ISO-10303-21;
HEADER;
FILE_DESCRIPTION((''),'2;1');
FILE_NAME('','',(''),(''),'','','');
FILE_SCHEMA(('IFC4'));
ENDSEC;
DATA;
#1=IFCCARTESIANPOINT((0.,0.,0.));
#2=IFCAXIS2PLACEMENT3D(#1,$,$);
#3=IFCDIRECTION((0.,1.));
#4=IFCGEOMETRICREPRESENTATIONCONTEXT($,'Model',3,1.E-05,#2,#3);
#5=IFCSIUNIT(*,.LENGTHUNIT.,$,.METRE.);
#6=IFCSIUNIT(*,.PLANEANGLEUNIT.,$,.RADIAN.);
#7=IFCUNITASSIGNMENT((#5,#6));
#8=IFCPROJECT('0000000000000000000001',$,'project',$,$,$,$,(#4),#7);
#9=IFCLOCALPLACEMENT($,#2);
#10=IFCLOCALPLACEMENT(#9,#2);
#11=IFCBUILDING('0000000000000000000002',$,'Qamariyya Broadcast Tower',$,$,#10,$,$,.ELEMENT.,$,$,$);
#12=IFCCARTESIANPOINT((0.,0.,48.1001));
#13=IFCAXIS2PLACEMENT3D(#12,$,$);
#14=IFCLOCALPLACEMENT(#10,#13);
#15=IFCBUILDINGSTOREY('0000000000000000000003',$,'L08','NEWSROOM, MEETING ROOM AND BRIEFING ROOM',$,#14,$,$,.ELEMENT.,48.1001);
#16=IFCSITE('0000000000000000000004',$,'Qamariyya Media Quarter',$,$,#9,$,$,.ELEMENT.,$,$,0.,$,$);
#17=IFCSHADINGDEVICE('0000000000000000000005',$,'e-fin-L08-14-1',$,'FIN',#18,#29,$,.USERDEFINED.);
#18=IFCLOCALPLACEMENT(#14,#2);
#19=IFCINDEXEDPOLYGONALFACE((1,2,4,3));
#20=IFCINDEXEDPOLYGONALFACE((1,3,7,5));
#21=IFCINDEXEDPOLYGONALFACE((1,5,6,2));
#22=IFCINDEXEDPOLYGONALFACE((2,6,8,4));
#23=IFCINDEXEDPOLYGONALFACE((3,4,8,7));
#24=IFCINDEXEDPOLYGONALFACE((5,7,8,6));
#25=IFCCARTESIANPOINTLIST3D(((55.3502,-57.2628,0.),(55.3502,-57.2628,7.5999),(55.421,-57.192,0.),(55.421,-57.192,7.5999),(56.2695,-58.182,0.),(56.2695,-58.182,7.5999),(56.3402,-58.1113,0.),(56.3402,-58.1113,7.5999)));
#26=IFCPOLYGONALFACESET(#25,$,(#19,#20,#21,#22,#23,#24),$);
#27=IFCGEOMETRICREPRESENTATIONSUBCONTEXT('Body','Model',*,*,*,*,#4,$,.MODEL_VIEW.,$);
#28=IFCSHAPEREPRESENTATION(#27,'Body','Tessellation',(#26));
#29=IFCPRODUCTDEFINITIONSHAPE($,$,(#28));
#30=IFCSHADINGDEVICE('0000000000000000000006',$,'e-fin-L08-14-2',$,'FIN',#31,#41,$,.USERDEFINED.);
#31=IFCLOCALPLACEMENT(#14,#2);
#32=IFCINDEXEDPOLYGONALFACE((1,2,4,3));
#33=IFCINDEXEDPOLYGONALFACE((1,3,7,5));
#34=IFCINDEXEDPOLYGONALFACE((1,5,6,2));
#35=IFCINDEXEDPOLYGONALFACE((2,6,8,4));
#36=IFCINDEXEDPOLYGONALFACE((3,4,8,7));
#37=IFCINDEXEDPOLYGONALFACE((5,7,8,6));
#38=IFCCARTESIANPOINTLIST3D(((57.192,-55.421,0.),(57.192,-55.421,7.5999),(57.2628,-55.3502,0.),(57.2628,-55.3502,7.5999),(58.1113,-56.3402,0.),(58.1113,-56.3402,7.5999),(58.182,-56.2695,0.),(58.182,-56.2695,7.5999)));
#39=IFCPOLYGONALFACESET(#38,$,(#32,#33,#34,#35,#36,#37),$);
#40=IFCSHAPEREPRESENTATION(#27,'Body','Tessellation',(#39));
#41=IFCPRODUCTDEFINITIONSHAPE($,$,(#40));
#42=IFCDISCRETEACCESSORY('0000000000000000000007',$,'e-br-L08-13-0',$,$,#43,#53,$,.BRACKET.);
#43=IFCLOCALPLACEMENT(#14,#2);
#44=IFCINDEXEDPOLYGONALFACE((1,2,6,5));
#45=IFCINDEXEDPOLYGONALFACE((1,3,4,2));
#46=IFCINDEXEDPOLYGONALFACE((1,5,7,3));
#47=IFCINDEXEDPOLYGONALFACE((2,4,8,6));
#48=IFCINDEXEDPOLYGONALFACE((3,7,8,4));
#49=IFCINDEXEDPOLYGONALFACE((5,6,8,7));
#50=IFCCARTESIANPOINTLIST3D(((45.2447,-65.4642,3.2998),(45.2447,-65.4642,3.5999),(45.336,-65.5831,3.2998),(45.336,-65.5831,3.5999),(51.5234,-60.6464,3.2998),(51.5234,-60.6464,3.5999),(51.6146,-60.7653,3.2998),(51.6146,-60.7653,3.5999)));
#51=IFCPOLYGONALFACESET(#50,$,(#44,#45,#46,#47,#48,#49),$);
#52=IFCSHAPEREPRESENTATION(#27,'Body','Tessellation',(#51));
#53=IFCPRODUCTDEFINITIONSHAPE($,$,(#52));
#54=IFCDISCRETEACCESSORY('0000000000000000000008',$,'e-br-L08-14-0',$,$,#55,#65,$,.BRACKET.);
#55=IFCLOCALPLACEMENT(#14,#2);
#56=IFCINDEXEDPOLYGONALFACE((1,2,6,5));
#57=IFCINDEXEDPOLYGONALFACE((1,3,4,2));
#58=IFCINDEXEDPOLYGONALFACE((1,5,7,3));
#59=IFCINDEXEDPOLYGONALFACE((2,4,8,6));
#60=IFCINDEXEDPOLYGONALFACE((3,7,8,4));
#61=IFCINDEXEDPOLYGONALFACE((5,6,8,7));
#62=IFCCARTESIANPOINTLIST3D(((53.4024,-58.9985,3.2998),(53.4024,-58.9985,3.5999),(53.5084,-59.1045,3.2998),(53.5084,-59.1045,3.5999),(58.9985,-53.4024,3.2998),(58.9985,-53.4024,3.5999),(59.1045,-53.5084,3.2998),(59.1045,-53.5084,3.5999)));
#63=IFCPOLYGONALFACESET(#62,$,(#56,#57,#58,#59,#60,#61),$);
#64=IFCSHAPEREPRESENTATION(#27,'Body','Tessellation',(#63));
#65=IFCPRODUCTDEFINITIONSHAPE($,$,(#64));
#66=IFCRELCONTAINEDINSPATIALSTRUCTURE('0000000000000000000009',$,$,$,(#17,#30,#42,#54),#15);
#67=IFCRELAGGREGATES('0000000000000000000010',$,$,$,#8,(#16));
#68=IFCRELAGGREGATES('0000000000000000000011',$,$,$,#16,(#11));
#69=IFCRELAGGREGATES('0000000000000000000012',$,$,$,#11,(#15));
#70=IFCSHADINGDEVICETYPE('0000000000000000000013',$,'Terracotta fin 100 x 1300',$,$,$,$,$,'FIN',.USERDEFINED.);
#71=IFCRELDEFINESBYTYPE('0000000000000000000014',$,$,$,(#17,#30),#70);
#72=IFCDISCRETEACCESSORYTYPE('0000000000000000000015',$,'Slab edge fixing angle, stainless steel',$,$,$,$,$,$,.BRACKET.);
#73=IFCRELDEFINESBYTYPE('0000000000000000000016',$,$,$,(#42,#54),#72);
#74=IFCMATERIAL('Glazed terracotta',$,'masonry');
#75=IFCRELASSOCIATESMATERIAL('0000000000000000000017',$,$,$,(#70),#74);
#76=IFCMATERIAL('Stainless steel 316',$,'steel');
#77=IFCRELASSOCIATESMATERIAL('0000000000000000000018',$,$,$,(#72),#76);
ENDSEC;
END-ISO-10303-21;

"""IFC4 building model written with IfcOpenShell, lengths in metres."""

from ifc_helpers import new_model, si_unit, direction, frame, origin, origin_2d, place, context, subcontext, project, spatial, rectangle, extrude, material, material_profile, profile_set, type_object, element, save


model = new_model("IFC4")

# Units and contexts
model_context = context("Model", 3, precision=1e-05, world=origin(), true_north=direction((0.0, 1.0)))
body_context = subcontext(model_context, "Body", "Model", "MODEL_VIEW")
ifc_project = project(units=[si_unit("LENGTHUNIT", "METRE"), si_unit("PLANEANGLEUNIT", "RADIAN")], contexts=[model_context])

# Site, building, storey
site_placement = place(None, origin())
site = spatial("IfcSite", under=ifc_project, at=site_placement, Name="Qamariyya Media Quarter", CompositionType="ELEMENT", RefElevation=0.0)
building_placement = place(site_placement, origin())
building = spatial("IfcBuilding", under=site, at=building_placement, Name="Qamariyya Broadcast Tower", CompositionType="ELEMENT")
storey_placement = place(building_placement, frame((0.0, 0.0, 48.1001)))
storey = spatial("IfcBuildingStorey", under=building, at=storey_placement, Name="L08", Description="NEWSROOM, MEETING ROOM AND BRIEFING ROOM", CompositionType="ELEMENT", Elevation=48.1001)

# Shading devices
ifc_material_1 = material(Name="Glazed terracotta", Category="masonry")
ifc_material_profile_1 = material_profile(ifc_material_1, rectangle(XDim=1.3, YDim=0.1001, at=origin_2d()))
ifc_profile_set_1 = profile_set([ifc_material_profile_1], Name="Glazed terracotta")
shading_device_type_1 = type_object("IfcShadingDeviceType", Name="Terracotta fin 100 x 1300", ElementType="FIN", PredefinedType="USERDEFINED", material=ifc_profile_set_1)
for number, where, z_axis, x_axis, name in (
    (1, (55.8452, -57.687, 0.0), (0.0, 0.0, 1.0), (0.707107, -0.707107, 0.0), "e-fin-L08-14-1"),
    (2, (57.687, -55.8452, 0.0), (0.0, 0.0, 1.0), (0.707107, -0.707107, 0.0), "e-fin-L08-14-2"),
):
    element("IfcShadingDevice", number, at=place(storey_placement, frame(where, z_axis=z_axis, x_axis=x_axis)), inside=storey, type_object=shading_device_type_1, Name=name, ObjectType="FIN", PredefinedType="USERDEFINED", context=body_context, shape_type="SweptSolid", body=[
        extrude(rectangle(XDim=1.3, YDim=0.1001, at=origin_2d()), origin(), (0.0, 0.0, 1.0), 7.5999),
    ])

# Discrete accessories
ifc_material_2 = material(Name="Stainless steel 316", Category="steel")
discrete_accessory_type = type_object("IfcDiscreteAccessoryType", Name="Slab edge fixing angle, stainless steel", PredefinedType="BRACKET", material=ifc_material_2)
for number, where, z_axis, x_axis, name in (
    (3, (48.4297, -63.1147, 3.2998), (0.0, 0.0, 1.0), (0.793353, 0.608761, 0.0), "e-br-L08-13-0"),
    (4, (56.2534, -56.2534, 3.2998), (0.0, 0.0, 1.0), (0.707107, 0.707107, 0.0), "e-br-L08-14-0"),
):
    element("IfcDiscreteAccessory", number, at=place(storey_placement, frame(where, z_axis=z_axis, x_axis=x_axis)), inside=storey, type_object=discrete_accessory_type, Name=name, PredefinedType="BRACKET", context=body_context, shape_type="SweptSolid", body=[
        extrude(rectangle(XDim=7.9141, YDim=0.1499, at=origin_2d()), origin(), (0.0, 0.0, 1.0), 0.3),
    ])

save(model, "model.ifc")
